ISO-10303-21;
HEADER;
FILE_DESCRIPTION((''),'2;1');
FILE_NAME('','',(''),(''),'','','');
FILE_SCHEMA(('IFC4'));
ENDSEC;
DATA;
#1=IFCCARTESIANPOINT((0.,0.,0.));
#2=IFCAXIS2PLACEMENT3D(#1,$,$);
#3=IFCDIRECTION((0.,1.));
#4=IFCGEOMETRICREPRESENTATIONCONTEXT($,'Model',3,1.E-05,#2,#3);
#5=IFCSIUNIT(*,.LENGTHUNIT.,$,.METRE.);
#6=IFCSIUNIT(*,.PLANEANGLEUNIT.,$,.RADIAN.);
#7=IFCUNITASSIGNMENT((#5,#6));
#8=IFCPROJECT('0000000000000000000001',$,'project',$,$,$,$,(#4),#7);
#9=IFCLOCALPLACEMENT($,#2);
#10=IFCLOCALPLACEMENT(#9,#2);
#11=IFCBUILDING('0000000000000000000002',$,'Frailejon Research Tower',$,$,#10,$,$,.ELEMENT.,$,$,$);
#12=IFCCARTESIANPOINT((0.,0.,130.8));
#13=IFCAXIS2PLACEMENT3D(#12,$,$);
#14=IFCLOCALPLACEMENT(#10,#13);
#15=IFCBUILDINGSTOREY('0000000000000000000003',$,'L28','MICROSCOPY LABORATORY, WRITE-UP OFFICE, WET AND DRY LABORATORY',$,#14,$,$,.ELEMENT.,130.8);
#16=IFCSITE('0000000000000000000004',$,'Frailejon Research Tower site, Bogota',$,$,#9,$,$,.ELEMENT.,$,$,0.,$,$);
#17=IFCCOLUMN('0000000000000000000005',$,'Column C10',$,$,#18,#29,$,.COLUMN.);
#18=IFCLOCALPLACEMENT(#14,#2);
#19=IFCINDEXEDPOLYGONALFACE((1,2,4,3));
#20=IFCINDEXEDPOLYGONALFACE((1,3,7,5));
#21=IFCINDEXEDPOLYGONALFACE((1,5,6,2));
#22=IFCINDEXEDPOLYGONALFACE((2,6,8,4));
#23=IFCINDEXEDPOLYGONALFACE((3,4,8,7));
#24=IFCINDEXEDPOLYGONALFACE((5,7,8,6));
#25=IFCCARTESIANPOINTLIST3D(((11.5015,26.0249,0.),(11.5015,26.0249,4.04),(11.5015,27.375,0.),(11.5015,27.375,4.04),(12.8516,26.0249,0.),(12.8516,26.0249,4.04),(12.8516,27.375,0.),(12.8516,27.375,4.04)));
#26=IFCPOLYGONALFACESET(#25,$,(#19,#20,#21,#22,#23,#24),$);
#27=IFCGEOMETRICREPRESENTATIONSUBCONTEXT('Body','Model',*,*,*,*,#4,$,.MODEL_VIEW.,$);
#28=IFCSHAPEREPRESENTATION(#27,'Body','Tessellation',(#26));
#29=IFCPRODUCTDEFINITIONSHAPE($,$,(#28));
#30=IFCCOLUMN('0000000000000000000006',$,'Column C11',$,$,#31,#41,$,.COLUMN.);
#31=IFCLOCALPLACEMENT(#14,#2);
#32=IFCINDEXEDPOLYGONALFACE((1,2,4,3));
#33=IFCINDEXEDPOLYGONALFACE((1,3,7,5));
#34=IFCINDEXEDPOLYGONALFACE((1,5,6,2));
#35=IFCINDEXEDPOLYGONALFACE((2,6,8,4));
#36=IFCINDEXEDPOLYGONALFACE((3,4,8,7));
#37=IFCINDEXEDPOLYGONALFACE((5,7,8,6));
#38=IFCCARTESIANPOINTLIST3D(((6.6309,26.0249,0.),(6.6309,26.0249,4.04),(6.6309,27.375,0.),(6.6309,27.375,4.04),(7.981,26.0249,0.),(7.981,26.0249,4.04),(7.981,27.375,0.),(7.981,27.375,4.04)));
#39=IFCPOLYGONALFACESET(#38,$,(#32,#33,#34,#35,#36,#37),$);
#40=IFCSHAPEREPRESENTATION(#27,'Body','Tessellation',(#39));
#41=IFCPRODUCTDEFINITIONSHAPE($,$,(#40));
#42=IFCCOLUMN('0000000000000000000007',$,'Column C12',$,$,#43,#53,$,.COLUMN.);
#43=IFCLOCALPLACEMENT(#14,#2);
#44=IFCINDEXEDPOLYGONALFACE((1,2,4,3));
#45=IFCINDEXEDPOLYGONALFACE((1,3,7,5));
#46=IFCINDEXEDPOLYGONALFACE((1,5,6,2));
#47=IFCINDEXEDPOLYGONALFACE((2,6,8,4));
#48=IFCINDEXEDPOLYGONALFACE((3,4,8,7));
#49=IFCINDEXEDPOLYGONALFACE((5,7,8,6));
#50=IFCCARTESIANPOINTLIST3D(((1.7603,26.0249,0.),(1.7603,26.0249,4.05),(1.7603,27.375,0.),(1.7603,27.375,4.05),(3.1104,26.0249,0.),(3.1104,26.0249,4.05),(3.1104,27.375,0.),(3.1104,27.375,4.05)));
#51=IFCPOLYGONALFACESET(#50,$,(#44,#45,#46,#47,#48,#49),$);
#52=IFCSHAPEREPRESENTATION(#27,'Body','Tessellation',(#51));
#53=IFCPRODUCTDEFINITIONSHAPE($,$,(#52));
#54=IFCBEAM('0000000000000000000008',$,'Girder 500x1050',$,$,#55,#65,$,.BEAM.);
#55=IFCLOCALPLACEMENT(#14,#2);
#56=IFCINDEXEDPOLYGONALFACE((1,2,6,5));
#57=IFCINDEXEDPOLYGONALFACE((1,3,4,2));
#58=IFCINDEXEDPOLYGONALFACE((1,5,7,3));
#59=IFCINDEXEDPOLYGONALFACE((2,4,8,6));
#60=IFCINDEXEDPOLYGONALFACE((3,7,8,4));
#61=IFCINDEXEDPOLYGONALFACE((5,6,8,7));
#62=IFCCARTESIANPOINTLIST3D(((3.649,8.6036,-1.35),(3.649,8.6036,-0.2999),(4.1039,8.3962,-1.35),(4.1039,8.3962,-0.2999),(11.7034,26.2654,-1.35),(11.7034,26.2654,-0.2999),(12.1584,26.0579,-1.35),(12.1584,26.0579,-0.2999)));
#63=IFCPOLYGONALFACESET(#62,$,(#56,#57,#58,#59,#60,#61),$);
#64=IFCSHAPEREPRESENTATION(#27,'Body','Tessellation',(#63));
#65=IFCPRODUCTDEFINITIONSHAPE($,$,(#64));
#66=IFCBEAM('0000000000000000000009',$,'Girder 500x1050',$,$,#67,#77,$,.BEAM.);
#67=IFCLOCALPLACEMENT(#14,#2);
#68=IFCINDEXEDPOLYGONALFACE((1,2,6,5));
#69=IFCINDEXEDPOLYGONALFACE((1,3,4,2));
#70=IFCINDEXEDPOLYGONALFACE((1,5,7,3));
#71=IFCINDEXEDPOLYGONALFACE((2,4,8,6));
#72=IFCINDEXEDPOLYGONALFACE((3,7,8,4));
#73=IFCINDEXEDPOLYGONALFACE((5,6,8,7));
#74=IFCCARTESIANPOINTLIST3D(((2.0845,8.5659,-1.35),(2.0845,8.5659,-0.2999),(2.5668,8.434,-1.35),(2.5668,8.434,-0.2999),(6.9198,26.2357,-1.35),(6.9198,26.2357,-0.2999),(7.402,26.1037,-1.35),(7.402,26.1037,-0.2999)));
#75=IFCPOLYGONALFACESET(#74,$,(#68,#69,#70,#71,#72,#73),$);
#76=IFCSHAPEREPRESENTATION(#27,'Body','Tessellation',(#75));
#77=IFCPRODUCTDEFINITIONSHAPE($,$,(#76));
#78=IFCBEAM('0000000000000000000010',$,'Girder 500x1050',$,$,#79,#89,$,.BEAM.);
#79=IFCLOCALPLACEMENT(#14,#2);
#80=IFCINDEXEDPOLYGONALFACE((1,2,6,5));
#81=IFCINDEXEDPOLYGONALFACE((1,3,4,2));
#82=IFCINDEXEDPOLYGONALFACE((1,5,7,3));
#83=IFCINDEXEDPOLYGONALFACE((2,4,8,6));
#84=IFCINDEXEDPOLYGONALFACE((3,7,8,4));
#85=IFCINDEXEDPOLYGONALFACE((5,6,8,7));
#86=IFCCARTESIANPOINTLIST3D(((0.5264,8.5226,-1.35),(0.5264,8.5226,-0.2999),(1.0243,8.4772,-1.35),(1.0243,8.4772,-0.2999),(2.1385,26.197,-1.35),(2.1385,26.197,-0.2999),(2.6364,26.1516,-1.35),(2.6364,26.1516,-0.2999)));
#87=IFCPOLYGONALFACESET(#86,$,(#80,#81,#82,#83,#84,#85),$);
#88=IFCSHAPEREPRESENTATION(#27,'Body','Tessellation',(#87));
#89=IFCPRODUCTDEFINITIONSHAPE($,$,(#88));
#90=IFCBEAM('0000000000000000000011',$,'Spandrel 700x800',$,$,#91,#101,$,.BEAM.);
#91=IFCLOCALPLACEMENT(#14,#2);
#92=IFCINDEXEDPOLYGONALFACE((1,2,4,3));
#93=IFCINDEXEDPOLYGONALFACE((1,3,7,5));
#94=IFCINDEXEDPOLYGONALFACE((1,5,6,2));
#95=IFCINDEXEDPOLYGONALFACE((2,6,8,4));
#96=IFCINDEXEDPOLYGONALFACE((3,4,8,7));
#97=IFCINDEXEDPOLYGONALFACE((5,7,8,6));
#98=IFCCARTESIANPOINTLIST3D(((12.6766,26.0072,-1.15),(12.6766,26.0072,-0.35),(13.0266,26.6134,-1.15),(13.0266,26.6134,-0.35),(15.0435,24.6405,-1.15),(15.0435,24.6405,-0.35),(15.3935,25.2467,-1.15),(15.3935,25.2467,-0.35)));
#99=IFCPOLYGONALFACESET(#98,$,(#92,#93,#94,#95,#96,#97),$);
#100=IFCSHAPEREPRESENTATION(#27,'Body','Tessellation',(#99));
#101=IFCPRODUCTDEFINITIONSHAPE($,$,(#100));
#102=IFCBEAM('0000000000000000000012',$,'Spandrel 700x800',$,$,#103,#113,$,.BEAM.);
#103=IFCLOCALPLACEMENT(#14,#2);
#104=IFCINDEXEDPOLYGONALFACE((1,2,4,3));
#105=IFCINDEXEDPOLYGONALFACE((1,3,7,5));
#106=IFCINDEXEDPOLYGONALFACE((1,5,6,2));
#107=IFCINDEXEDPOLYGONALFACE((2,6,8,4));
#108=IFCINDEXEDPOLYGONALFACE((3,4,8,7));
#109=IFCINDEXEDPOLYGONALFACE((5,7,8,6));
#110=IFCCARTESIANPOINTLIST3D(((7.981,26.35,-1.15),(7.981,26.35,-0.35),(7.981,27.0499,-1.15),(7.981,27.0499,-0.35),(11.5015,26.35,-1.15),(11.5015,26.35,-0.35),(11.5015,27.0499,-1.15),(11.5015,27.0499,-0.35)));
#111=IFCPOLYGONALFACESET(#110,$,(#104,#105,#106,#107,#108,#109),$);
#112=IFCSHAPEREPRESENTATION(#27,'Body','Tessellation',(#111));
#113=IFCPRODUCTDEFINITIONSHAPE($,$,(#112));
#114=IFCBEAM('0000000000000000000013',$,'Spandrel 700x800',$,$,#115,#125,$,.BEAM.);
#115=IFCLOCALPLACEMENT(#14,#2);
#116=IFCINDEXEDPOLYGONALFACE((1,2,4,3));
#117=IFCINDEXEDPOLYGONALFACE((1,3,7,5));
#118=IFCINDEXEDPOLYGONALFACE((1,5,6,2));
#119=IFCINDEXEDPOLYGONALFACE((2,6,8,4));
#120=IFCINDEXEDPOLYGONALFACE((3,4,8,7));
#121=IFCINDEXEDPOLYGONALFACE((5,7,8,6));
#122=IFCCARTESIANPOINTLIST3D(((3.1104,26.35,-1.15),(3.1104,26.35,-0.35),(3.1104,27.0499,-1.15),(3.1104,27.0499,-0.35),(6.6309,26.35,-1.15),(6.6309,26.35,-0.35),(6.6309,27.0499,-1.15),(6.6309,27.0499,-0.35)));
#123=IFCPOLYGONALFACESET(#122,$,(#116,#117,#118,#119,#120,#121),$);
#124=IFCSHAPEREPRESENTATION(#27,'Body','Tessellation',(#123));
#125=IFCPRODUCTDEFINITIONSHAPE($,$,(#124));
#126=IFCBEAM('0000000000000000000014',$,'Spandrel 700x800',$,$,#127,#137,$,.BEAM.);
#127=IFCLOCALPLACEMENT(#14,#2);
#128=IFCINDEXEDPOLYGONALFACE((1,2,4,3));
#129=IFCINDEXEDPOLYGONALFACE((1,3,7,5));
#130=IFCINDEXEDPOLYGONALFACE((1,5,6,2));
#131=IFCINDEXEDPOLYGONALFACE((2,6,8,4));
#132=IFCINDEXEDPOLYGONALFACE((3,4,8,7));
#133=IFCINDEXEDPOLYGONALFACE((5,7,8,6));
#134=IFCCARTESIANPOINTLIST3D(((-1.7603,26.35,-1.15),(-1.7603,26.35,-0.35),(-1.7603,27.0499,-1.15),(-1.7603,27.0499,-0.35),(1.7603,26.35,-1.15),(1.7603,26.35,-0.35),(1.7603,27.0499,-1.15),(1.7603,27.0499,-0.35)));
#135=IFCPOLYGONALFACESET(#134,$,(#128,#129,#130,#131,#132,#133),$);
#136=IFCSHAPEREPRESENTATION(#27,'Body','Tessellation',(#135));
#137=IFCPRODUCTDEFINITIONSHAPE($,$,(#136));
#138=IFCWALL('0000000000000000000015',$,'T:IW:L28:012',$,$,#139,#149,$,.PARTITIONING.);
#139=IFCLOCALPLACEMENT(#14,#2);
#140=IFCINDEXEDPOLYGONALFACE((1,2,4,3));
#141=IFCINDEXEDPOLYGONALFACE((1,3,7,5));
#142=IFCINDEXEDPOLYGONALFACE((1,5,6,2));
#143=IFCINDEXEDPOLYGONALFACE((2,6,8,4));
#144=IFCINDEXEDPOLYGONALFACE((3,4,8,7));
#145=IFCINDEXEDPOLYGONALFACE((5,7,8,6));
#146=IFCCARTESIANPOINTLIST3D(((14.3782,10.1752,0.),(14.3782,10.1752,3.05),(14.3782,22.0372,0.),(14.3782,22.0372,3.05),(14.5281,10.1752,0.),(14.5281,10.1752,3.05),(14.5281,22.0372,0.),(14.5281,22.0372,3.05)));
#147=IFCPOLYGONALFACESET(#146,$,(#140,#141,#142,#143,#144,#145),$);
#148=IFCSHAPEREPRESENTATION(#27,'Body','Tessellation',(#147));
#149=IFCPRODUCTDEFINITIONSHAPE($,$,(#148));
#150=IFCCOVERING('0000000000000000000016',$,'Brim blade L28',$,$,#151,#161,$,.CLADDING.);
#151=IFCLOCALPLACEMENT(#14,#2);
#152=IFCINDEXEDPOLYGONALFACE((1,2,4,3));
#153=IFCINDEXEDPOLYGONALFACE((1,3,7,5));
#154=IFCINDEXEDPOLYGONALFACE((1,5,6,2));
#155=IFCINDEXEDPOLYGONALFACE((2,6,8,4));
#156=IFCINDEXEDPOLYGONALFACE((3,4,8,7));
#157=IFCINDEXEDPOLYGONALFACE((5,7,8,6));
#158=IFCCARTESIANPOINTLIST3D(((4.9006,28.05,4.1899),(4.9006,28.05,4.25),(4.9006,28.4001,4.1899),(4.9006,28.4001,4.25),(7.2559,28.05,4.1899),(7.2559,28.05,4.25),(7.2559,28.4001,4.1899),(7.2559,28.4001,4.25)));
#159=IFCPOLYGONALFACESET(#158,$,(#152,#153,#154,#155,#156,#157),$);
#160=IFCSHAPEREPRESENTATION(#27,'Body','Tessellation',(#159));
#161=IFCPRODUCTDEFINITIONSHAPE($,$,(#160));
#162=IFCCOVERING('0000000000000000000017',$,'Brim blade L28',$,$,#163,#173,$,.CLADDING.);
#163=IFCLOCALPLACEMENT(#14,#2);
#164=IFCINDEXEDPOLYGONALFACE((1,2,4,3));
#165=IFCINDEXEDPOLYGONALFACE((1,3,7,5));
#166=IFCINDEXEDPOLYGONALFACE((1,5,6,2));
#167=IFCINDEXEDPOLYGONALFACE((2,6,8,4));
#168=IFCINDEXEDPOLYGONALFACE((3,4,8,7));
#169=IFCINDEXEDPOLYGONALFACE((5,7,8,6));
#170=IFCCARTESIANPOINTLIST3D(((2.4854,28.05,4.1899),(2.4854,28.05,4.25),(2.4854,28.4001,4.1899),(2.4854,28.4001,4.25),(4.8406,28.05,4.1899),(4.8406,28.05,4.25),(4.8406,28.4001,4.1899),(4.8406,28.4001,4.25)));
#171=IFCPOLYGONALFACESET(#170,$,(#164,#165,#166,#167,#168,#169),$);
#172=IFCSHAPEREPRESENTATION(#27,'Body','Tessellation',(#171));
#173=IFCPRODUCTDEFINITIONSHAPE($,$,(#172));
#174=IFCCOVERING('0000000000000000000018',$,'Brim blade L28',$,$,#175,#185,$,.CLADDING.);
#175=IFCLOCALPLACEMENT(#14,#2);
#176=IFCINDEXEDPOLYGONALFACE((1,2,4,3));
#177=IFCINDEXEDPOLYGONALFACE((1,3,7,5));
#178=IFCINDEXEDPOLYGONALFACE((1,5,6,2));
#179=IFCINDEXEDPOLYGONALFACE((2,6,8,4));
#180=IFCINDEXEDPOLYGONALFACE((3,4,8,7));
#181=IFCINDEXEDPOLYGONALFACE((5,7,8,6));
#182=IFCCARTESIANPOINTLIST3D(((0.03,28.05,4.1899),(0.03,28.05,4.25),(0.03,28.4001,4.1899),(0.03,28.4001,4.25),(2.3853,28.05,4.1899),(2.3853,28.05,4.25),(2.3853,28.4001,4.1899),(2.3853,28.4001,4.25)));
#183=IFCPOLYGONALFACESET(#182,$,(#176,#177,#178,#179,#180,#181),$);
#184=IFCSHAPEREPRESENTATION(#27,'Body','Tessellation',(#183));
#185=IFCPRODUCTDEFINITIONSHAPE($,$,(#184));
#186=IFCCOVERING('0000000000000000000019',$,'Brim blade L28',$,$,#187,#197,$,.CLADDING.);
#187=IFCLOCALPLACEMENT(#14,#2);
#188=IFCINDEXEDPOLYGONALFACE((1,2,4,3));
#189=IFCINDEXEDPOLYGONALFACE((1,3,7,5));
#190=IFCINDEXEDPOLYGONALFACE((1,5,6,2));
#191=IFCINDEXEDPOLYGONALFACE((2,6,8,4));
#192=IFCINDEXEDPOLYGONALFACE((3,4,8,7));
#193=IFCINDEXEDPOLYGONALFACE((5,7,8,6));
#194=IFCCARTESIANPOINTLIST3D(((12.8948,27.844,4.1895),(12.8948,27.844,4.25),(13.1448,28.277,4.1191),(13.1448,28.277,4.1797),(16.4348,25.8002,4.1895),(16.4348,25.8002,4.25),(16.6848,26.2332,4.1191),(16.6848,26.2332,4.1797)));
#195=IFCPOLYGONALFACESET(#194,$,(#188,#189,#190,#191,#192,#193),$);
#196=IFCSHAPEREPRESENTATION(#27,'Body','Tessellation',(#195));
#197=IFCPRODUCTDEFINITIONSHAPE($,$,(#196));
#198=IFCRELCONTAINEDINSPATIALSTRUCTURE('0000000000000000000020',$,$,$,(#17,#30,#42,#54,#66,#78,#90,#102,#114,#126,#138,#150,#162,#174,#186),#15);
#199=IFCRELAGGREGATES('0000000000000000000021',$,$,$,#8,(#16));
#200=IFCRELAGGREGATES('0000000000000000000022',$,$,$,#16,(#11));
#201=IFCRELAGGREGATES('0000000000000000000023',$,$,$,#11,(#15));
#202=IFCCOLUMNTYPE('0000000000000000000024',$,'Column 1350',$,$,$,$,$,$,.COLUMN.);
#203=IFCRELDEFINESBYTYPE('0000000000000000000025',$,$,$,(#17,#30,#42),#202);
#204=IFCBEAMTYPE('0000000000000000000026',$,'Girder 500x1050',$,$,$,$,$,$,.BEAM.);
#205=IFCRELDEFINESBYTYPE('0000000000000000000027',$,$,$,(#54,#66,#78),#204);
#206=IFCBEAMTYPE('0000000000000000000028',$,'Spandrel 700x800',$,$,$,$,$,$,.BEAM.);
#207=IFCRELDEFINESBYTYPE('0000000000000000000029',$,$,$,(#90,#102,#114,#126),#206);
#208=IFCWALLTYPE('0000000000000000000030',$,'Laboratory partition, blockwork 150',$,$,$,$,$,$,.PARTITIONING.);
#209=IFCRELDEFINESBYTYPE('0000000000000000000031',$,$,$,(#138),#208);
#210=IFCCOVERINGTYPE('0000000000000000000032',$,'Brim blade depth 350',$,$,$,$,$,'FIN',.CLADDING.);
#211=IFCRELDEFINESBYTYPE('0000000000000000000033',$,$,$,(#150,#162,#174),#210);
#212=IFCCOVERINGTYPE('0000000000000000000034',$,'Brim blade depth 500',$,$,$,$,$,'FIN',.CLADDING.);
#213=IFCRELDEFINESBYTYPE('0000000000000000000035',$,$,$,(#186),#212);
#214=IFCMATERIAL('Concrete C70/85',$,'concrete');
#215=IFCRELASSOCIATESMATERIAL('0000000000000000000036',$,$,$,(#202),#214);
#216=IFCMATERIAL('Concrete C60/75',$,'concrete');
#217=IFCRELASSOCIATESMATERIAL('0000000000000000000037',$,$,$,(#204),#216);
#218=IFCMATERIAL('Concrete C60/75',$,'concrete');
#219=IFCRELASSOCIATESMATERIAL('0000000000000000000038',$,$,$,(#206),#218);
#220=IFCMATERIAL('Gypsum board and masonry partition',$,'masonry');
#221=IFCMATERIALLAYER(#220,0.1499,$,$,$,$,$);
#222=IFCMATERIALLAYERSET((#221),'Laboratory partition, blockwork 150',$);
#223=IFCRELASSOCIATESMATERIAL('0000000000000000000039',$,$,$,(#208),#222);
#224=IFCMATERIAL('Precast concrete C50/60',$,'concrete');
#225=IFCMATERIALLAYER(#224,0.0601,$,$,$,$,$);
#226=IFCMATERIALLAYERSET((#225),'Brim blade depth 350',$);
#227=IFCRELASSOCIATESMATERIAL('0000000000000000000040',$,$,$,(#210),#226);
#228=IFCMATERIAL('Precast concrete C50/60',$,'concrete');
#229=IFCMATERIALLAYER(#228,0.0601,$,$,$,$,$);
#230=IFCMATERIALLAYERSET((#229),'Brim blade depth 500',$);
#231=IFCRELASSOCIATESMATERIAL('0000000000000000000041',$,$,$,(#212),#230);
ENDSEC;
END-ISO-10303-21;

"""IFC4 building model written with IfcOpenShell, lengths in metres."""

from ifc_helpers import new_model, si_unit, direction, frame, frame_2d, origin, origin_2d, place, context, subcontext, project, spatial, polyline, rectangle, outline, extrude, material, layer, layer_set, material_profile, profile_set, type_object, element, save


model = new_model("IFC4")

# Units and contexts
model_context = context("Model", 3, precision=1e-05, world=origin(), true_north=direction((0.0, 1.0)))
body_context = subcontext(model_context, "Body", "Model", "MODEL_VIEW")
ifc_project = project(units=[si_unit("LENGTHUNIT", "METRE"), si_unit("PLANEANGLEUNIT", "RADIAN")], contexts=[model_context])

# Site, building, storey
site_placement = place(None, origin())
site = spatial("IfcSite", under=ifc_project, at=site_placement, Name="Frailejon Research Tower site, Bogota", CompositionType="ELEMENT", RefElevation=0.0)
building_placement = place(site_placement, origin())
building = spatial("IfcBuilding", under=site, at=building_placement, Name="Frailejon Research Tower", CompositionType="ELEMENT")
storey_placement = place(building_placement, frame((0.0, 0.0, 130.8)))
storey = spatial("IfcBuildingStorey", under=building, at=storey_placement, Name="L28", Description="MICROSCOPY LABORATORY, WRITE-UP OFFICE, WET AND DRY LABORATORY", CompositionType="ELEMENT", Elevation=130.8)

# Columns
ifc_material_1 = material(Name="Concrete C70/85", Category="concrete")
ifc_material_profile_1 = material_profile(ifc_material_1, rectangle(XDim=1.3501, YDim=1.3501, at=origin_2d()), Name="Column 1350")
ifc_profile_set_1 = profile_set([ifc_material_profile_1], Name="Concrete C70/85")
column_type = type_object("IfcColumnType", Name="Column 1350", PredefinedType="COLUMN", material=ifc_profile_set_1)
for number, where, z_axis, x_axis, name in (
    (1, (12.1765, 26.7, 0.0), (0.0, 0.0, 1.0), (-1.0, 0.0, 0.0), "Column C10"),
    (2, (7.3059, 26.7, 0.0), (0.0, 0.0, 1.0), (-1.0, 0.0, 0.0), "Column C11"),
):
    element("IfcColumn", number, at=place(storey_placement, frame(where, z_axis=z_axis, x_axis=x_axis)), inside=storey, type_object=column_type, Name=name, PredefinedType="COLUMN", context=body_context, shape_type="SweptSolid", body=[
        extrude(rectangle(XDim=1.3501, YDim=1.3501, at=origin_2d()), origin(), (0.0, 0.0, 1.0), 4.04),
    ])
column_placement = place(storey_placement, frame((2.4353, 26.7, 0.0), z_axis=(0.0, 0.0, 1.0), x_axis=(-1.0, 0.0, 0.0)))
element("IfcColumn", 3, at=column_placement, inside=storey, type_object=column_type, Name="Column C12", PredefinedType="COLUMN", context=body_context, shape_type="SweptSolid", body=[
    extrude(rectangle(XDim=1.3501, YDim=1.3501, at=origin_2d()), origin(), (0.0, 0.0, 1.0), 4.05),
])

# Beams
ifc_material_2 = material(Name="Concrete C60/75", Category="concrete")
ifc_material_profile_2 = material_profile(ifc_material_2, rectangle(XDim=0.5, YDim=1.05, at=origin_2d()), Name="Girder 500x1050")
ifc_profile_set_2 = profile_set([ifc_material_profile_2], Name="Concrete C60/75")
beam_type_1 = type_object("IfcBeamType", Name="Girder 500x1050", PredefinedType="BEAM", material=ifc_profile_set_2)
beam_1_placement = place(storey_placement, frame((11.9309, 26.1616, -0.825), z_axis=(-0.414931, -0.909853, 0.0), x_axis=(0.909853, -0.414931, 0.0)))
element("IfcBeam", 4, at=beam_1_placement, inside=storey, type_object=beam_type_1, Name="Girder 500x1050", PredefinedType="BEAM", context=body_context, shape_type="SweptSolid", body=[
    extrude(rectangle(XDim=0.5, YDim=1.05, at=origin_2d()), origin(), (0.0, 0.0, 1.0), 19.4116),
])
beam_2_placement = place(storey_placement, frame((7.1609, 26.1697, -0.825), z_axis=(-0.263941, -0.964539, 0.0), x_axis=(0.964539, -0.263941, 0.0)))
element("IfcBeam", 5, at=beam_2_placement, inside=storey, type_object=beam_type_1, Name="Girder 500x1050", PredefinedType="BEAM", context=body_context, shape_type="SweptSolid", body=[
    extrude(rectangle(XDim=0.5, YDim=1.05, at=origin_2d()), origin(), (0.0, 0.0, 1.0), 18.3193),
])
beam_3_placement = place(storey_placement, frame((2.3875, 26.1743, -0.825), z_axis=(-0.090832, -0.995866, 0.0), x_axis=(0.995866, -0.090832, 0.0)))
element("IfcBeam", 6, at=beam_3_placement, inside=storey, type_object=beam_type_1, Name="Girder 500x1050", PredefinedType="BEAM", context=body_context, shape_type="SweptSolid", body=[
    extrude(rectangle(XDim=0.5, YDim=1.05, at=origin_2d()), origin(), (0.0, 0.0, 1.0), 17.7478),
])
ifc_material_3 = material(Name="Concrete C60/75", Category="concrete")
ifc_material_profile_3 = material_profile(ifc_material_3, rectangle(XDim=0.7, YDim=0.8, at=origin_2d()), Name="Spandrel 700x800")
ifc_profile_set_3 = profile_set([ifc_material_profile_3], Name="Concrete C60/75")
beam_type_2 = type_object("IfcBeamType", Name="Spandrel 700x800", PredefinedType="BEAM", material=ifc_profile_set_3)
beam_4_placement = place(storey_placement, frame((15.2185, 24.9436, -0.75), z_axis=(-0.866003, 0.500039, 0.0), x_axis=(-0.500039, -0.866003, 0.0)))
element("IfcBeam", 7, at=beam_4_placement, inside=storey, type_object=beam_type_2, Name="Spandrel 700x800", PredefinedType="BEAM", context=body_context, shape_type="SweptSolid", body=[
    extrude(rectangle(XDim=0.7, YDim=0.8, at=origin_2d()), origin(), (0.0, 0.0, 1.0), 2.7332),
])
for number, where, z_axis, x_axis, name in (
    (8, (11.5015, 26.7, -0.75), (-1.0, 0.0, 0.0), (0.0, -1.0, 0.0), "Spandrel 700x800"),
    (9, (6.6309, 26.7, -0.75), (-1.0, 0.0, 0.0), (0.0, -1.0, 0.0), "Spandrel 700x800"),
    (10, (1.7603, 26.7, -0.75), (-1.0, 0.0, 0.0), (0.0, -1.0, 0.0), "Spandrel 700x800"),
):
    element("IfcBeam", number, at=place(storey_placement, frame(where, z_axis=z_axis, x_axis=x_axis)), inside=storey, type_object=beam_type_2, Name=name, PredefinedType="BEAM", context=body_context, shape_type="SweptSolid", body=[
        extrude(rectangle(XDim=0.7, YDim=0.8, at=origin_2d()), origin(), (0.0, 0.0, 1.0), 3.5205),
    ])

# Wall
ifc_material_4 = material(Name="Gypsum board and masonry partition", Category="masonry")
ifc_layer_1 = layer(ifc_material_4, 0.1499)
ifc_layer_set_1 = layer_set([ifc_layer_1], Name="Laboratory partition, blockwork 150")
wall_type_1 = type_object("IfcWallType", Name="Laboratory partition, blockwork 150", PredefinedType="PARTITIONING", material=ifc_layer_set_1)
wall_1_placement = place(storey_placement, frame((14.4531, 10.175, 0.0), z_axis=(0.0, 0.0, 1.0), x_axis=(0.0, 1.0, 0.0)))
element("IfcWall", 11, at=wall_1_placement, inside=storey, type_object=wall_type_1, Name="T:IW:L28:012", PredefinedType="PARTITIONING", context=body_context, shape_type="SweptSolid", body=[
    extrude(rectangle(XDim=11.8621, YDim=0.1499, at=frame_2d((5.9312, 0.0))), origin(), (0.0, 0.0, 1.0), 3.05),
])

# Coverings
ifc_material_5 = material(Name="Precast concrete C50/60", Category="concrete")
ifc_layer_2 = layer(ifc_material_5, 0.0601)
ifc_layer_set_2 = layer_set([ifc_layer_2], Name="Brim blade depth 350")
covering_type_1 = type_object("IfcCoveringType", Name="Brim blade depth 350", ElementType="FIN", PredefinedType="CLADDING", material=ifc_layer_set_2)
for number, where, z_axis, x_axis, name in (
    (12, (4.9006, 28.05, 4.25), (1.0, 0.0, 0.0), (0.0, 1.0, 0.0), "Brim blade L28"),
    (13, (2.4854, 28.05, 4.25), (1.0, 0.0, 0.0), (0.0, 1.0, 0.0), "Brim blade L28"),
    (14, (0.03, 28.05, 4.25), (1.0, 0.0, 0.0), (0.0, 1.0, 0.0), "Brim blade L28"),
):
    element("IfcCovering", number, at=place(storey_placement, frame(where, z_axis=z_axis, x_axis=x_axis)), inside=storey, type_object=covering_type_1, Name=name, PredefinedType="CLADDING", context=body_context, shape_type="SweptSolid", body=[
        extrude(outline(polyline([(0.0, -0.0601), (0.3501, -0.0601), (0.3501, 0.0), (0.0, 0.0), (0.0, -0.0601)])), origin(), (0.0, 0.0, 1.0), 2.3552),
    ])
ifc_material_6 = material(Name="Precast concrete C50/60", Category="concrete")
ifc_layer_3 = layer(ifc_material_6, 0.0601)
ifc_layer_set_3 = layer_set([ifc_layer_3], Name="Brim blade depth 500")
covering_type_2 = type_object("IfcCoveringType", Name="Brim blade depth 500", ElementType="FIN", PredefinedType="CLADDING", material=ifc_layer_set_3)
covering_placement = place(storey_placement, frame((12.8948, 27.844, 4.25), z_axis=(0.866027, -0.499997, 0.0), x_axis=(0.499997, 0.866027, 0.0)))
element("IfcCovering", 15, at=covering_placement, inside=storey, type_object=covering_type_2, Name="Brim blade L28", PredefinedType="CLADDING", context=body_context, shape_type="SweptSolid", body=[
    extrude(outline(polyline([(0.0, -0.0605), (0.5, -0.1309), (0.5, -0.0703), (0.0, 0.0), (0.0, -0.0605)])), origin(), (0.0, 0.0, 1.0), 4.0876),
])

save(model, "model.ifc")
